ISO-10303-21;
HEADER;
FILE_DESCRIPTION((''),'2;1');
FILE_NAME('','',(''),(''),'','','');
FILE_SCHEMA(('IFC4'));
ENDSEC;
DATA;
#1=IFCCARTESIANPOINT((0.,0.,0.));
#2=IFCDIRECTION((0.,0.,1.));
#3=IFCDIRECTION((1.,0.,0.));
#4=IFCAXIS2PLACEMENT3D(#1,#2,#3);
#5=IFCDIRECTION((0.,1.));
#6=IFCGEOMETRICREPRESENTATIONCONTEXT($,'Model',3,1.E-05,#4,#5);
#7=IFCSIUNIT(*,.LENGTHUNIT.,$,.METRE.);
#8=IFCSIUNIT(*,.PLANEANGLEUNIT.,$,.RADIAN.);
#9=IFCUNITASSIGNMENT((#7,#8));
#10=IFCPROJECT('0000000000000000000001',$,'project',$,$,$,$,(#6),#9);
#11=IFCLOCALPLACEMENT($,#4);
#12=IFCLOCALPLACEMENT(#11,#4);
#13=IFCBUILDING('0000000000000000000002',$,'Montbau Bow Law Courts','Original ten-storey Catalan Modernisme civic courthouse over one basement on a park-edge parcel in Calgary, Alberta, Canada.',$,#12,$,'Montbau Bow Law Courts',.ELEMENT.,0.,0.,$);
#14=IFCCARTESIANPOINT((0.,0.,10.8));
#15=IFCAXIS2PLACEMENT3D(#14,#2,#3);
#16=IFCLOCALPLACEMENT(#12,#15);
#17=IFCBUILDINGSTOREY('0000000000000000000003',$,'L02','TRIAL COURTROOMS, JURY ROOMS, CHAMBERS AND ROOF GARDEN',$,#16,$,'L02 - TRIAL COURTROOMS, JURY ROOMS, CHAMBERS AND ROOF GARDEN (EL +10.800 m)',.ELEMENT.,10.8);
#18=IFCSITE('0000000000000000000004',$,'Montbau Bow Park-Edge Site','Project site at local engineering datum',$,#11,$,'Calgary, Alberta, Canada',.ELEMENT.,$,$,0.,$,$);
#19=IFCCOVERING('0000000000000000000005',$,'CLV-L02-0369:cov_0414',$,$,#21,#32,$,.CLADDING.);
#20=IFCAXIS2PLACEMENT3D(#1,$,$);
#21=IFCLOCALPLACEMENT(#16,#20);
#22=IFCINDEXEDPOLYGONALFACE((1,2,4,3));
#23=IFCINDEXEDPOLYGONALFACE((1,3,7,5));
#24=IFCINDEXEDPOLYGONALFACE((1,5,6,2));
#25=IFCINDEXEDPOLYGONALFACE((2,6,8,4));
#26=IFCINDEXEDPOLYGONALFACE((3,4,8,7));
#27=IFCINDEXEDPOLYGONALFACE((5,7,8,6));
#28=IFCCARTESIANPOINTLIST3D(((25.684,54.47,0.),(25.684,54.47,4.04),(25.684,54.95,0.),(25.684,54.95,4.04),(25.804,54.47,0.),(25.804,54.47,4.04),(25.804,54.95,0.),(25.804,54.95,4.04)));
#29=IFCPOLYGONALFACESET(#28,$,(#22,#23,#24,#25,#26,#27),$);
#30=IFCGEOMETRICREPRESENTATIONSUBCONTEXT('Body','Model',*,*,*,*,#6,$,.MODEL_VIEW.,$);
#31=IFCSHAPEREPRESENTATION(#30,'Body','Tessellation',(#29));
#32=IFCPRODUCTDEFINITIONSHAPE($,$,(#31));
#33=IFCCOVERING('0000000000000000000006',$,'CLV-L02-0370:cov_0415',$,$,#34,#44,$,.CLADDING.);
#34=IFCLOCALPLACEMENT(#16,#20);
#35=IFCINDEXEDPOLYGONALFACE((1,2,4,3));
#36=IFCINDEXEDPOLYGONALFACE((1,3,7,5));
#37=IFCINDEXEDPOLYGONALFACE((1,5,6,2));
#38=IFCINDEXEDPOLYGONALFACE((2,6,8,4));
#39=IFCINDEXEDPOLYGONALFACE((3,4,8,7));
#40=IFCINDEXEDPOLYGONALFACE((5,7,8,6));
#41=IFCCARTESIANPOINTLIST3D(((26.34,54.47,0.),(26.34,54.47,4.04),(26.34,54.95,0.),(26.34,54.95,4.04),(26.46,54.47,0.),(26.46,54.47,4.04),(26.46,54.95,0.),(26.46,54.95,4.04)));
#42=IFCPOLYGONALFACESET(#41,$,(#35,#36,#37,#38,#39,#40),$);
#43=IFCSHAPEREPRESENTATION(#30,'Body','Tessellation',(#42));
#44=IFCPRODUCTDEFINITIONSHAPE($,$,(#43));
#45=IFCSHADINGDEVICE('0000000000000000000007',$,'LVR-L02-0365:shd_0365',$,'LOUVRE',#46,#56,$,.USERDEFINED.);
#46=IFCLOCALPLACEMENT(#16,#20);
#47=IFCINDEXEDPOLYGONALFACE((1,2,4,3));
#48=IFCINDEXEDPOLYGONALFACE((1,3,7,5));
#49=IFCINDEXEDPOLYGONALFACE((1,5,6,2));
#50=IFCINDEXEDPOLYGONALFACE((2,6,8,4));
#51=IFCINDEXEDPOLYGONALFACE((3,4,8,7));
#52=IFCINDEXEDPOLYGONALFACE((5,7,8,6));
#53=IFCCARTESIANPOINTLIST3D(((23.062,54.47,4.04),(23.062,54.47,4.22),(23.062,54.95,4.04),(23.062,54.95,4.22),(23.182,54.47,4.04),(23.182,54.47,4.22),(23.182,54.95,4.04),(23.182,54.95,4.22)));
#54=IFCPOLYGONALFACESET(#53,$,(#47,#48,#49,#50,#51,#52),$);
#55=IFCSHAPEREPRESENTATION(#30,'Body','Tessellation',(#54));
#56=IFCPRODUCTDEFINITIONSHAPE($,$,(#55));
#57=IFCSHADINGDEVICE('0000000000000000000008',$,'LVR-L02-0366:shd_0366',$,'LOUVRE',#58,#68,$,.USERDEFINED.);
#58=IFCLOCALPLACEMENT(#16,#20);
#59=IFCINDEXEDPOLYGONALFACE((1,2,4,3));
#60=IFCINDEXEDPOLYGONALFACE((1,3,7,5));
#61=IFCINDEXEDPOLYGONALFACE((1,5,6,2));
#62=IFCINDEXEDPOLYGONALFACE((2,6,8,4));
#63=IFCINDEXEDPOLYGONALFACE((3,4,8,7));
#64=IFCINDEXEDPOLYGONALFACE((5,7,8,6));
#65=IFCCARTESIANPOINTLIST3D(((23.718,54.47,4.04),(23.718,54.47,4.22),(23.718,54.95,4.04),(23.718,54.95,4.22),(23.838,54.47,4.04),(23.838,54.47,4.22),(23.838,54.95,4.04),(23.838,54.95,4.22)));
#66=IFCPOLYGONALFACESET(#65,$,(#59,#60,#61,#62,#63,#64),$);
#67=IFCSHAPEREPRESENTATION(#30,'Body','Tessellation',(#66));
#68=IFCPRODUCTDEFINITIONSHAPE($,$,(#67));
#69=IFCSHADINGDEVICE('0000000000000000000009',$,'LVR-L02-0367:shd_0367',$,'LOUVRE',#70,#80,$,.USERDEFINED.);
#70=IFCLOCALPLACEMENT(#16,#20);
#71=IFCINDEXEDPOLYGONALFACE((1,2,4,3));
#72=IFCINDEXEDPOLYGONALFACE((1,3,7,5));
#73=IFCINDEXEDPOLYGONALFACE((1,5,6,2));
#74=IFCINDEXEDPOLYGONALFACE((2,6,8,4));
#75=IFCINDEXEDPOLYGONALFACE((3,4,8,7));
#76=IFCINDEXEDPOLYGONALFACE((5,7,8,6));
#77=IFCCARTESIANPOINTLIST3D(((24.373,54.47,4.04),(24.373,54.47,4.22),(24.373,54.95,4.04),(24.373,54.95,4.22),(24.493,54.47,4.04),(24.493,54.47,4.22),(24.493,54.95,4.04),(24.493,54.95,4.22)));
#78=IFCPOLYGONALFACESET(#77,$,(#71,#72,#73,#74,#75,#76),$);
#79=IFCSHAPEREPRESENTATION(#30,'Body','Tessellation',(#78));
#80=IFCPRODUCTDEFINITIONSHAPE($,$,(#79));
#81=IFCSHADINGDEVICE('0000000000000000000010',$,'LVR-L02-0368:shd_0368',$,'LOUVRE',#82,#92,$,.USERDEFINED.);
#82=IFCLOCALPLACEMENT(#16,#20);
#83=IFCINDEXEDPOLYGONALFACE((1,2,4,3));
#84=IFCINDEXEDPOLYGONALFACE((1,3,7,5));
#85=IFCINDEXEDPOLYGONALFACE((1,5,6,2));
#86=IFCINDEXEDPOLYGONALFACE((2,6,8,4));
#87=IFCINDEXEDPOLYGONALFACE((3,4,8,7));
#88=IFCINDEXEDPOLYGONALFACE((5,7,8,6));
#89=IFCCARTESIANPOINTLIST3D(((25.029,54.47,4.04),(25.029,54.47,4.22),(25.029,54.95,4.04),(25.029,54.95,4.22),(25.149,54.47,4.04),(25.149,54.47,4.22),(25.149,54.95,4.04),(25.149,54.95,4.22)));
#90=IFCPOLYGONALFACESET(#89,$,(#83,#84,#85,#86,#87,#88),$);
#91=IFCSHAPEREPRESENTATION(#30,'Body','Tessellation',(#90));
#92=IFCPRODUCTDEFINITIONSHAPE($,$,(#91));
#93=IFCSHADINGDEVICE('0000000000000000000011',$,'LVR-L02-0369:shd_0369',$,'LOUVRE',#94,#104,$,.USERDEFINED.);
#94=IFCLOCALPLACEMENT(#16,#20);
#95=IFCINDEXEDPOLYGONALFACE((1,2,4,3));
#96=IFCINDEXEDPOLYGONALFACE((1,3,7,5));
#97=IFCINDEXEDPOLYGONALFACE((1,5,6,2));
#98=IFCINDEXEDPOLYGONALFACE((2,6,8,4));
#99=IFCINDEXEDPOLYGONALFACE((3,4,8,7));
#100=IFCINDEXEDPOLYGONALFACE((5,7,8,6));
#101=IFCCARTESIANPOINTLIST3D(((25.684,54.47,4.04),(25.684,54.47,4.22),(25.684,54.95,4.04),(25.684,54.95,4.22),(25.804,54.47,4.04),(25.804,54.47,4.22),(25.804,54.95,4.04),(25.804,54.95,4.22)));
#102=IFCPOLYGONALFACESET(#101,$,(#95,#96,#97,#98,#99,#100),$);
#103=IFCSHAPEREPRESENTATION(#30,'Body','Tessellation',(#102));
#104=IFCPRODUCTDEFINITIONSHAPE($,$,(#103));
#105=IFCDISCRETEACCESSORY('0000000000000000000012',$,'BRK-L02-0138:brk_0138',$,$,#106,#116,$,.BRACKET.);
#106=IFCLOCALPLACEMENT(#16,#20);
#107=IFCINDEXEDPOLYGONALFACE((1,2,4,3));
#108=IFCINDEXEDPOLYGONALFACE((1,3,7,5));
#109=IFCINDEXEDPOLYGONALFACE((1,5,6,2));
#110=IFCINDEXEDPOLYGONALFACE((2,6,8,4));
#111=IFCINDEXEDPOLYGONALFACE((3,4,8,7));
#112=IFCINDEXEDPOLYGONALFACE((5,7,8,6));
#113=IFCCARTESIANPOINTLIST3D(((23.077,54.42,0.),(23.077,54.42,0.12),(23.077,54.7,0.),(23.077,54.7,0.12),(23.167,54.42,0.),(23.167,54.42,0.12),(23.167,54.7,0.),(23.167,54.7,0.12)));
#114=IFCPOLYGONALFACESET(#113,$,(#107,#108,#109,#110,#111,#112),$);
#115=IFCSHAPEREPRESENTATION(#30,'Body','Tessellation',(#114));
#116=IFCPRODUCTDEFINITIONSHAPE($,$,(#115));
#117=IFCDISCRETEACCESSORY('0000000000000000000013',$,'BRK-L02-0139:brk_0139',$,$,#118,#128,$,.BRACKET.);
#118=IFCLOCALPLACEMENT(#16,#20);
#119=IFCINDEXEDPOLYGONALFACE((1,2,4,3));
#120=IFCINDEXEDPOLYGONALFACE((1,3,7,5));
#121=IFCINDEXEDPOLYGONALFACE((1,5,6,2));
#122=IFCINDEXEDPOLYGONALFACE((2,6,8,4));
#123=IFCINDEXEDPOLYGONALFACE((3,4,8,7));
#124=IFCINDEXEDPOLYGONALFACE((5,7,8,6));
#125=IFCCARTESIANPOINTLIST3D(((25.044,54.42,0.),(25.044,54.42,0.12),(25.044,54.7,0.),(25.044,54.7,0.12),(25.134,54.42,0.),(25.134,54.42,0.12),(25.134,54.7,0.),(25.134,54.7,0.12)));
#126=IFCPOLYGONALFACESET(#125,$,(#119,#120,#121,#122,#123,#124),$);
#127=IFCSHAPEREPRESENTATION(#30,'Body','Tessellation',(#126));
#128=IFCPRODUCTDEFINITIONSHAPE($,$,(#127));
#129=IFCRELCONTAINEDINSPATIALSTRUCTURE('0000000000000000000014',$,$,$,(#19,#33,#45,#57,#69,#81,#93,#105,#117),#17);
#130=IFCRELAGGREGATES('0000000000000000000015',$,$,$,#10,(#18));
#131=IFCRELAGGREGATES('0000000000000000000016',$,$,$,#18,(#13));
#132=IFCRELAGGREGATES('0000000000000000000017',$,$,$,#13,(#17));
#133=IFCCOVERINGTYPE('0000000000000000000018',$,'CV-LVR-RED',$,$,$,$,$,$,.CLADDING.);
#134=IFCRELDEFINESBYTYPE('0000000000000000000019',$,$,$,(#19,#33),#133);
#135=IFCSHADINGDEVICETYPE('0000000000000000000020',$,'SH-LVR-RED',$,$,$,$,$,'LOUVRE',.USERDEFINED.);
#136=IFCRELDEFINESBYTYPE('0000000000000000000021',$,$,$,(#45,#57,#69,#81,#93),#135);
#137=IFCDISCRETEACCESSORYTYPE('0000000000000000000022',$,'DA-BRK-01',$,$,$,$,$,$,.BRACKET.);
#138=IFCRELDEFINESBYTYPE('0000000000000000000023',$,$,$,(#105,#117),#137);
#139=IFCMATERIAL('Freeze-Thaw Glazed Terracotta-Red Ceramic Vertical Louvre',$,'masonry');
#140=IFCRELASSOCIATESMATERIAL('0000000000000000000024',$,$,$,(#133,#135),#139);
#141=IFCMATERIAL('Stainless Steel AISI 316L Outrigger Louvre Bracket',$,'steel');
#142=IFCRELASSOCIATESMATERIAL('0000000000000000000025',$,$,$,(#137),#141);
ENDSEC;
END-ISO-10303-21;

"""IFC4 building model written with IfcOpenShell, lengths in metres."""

from ifc_helpers import new_model, si_unit, direction, frame, frame_2d, origin_with_axes, origin_2d_with_axis, place, context, subcontext, project, spatial, rectangle, extrude, material, type_object, element, save


model = new_model("IFC4")

# Units and contexts
model_context = context("Model", 3, precision=1e-05, world=origin_with_axes(), true_north=direction((0.0, 1.0)))
body_context = subcontext(model_context, "Body", "Model", "MODEL_VIEW")
ifc_project = project(units=[si_unit("LENGTHUNIT", "METRE"), si_unit("PLANEANGLEUNIT", "RADIAN")], contexts=[model_context])

# Site, building, storey
site_placement = place(None, origin_with_axes())
site = spatial("IfcSite", under=ifc_project, at=site_placement, Name="Montbau Bow Park-Edge Site", Description="Project site at local engineering datum", LongName="Calgary, Alberta, Canada", CompositionType="ELEMENT", RefElevation=0.0)
building_placement = place(site_placement, origin_with_axes())
building = spatial("IfcBuilding", under=site, at=building_placement, Name="Montbau Bow Law Courts", Description="Original ten-storey Catalan Modernisme civic courthouse over one basement on a park-edge parcel in Calgary, Alberta, Canada.", LongName="Montbau Bow Law Courts", CompositionType="ELEMENT", ElevationOfRefHeight=0.0, ElevationOfTerrain=0.0)
storey_placement = place(building_placement, frame((0.0, 0.0, 10.8), z_axis=(0.0, 0.0, 1.0), x_axis=(1.0, 0.0, 0.0)))
storey = spatial("IfcBuildingStorey", under=building, at=storey_placement, Name="L02", Description="TRIAL COURTROOMS, JURY ROOMS, CHAMBERS AND ROOF GARDEN", LongName="L02 - TRIAL COURTROOMS, JURY ROOMS, CHAMBERS AND ROOF GARDEN (EL +10.800 m)", CompositionType="ELEMENT", Elevation=10.8)

# Coverings
ifc_material_1 = material(Name="Freeze-Thaw Glazed Terracotta-Red Ceramic Vertical Louvre", Category="masonry")
covering_type = type_object("IfcCoveringType", Name="CV-LVR-RED", PredefinedType="CLADDING", material=ifc_material_1)
for number, where, z_axis, x_axis, name in (
    (1, (25.744, 54.47, 10.8), (1.0, 0.0, 0.0), (0.0, 1.0, 0.0), "CLV-L02-0369:cov_0414"),
    (2, (26.4, 54.47, 10.8), (1.0, 0.0, 0.0), (0.0, 1.0, 0.0), "CLV-L02-0370:cov_0415"),
):
    element("IfcCovering", number, at=place(None, frame(where, z_axis=z_axis, x_axis=x_axis)), inside=storey, type_object=covering_type, Name=name, PredefinedType="CLADDING", context=body_context, shape_type="SweptSolid", body=[
        extrude(rectangle(XDim=0.48, YDim=4.04, at=frame_2d((0.24, 2.02), x_axis=(1.0, 0.0))), frame((0.0, 0.0, -0.06), z_axis=(0.0, 0.0, 1.0), x_axis=(1.0, 0.0, 0.0)), (0.0, 0.0, 1.0), 0.12),
    ])

# Shading devices
shading_device_type = type_object("IfcShadingDeviceType", Name="SH-LVR-RED", ElementType="LOUVRE", PredefinedType="USERDEFINED", material=ifc_material_1)
for number, where, z_axis, x_axis, name in (
    (3, (23.122, 54.71, 14.84), (0.0, 0.0, 1.0), (0.0, 1.0, 0.0), "LVR-L02-0365:shd_0365"),
    (4, (23.778, 54.71, 14.84), (0.0, 0.0, 1.0), (0.0, 1.0, 0.0), "LVR-L02-0366:shd_0366"),
    (5, (24.433, 54.71, 14.84), (0.0, 0.0, 1.0), (0.0, 1.0, 0.0), "LVR-L02-0367:shd_0367"),
    (6, (25.089, 54.71, 14.84), (0.0, 0.0, 1.0), (0.0, 1.0, 0.0), "LVR-L02-0368:shd_0368"),
    (7, (25.744, 54.71, 14.84), (0.0, 0.0, 1.0), (0.0, 1.0, 0.0), "LVR-L02-0369:shd_0369"),
):
    element("IfcShadingDevice", number, at=place(None, frame(where, z_axis=z_axis, x_axis=x_axis)), inside=storey, type_object=shading_device_type, Name=name, ObjectType="LOUVRE", PredefinedType="USERDEFINED", context=body_context, shape_type="SweptSolid", body=[
        extrude(rectangle(XDim=0.48, YDim=0.12, at=origin_2d_with_axis()), origin_with_axes(), (0.0, 0.0, 1.0), 0.18),
    ])

# Discrete accessories
ifc_material_2 = material(Name="Stainless Steel AISI 316L Outrigger Louvre Bracket", Category="steel")
discrete_accessory_type = type_object("IfcDiscreteAccessoryType", Name="DA-BRK-01", PredefinedType="BRACKET", material=ifc_material_2)
for number, where, z_axis, x_axis, name in (
    (8, (23.122, 54.56, 10.8), (0.0, 0.0, 1.0), (0.0, 1.0, 0.0), "BRK-L02-0138:brk_0138"),
    (9, (25.089, 54.56, 10.8), (0.0, 0.0, 1.0), (0.0, 1.0, 0.0), "BRK-L02-0139:brk_0139"),
):
    element("IfcDiscreteAccessory", number, at=place(None, frame(where, z_axis=z_axis, x_axis=x_axis)), inside=storey, type_object=discrete_accessory_type, Name=name, PredefinedType="BRACKET", context=body_context, shape_type="SweptSolid", body=[
        extrude(rectangle(XDim=0.28, YDim=0.09, at=origin_2d_with_axis()), origin_with_axes(), (0.0, 0.0, 1.0), 0.12),
    ])

save(model, "model.ifc")
